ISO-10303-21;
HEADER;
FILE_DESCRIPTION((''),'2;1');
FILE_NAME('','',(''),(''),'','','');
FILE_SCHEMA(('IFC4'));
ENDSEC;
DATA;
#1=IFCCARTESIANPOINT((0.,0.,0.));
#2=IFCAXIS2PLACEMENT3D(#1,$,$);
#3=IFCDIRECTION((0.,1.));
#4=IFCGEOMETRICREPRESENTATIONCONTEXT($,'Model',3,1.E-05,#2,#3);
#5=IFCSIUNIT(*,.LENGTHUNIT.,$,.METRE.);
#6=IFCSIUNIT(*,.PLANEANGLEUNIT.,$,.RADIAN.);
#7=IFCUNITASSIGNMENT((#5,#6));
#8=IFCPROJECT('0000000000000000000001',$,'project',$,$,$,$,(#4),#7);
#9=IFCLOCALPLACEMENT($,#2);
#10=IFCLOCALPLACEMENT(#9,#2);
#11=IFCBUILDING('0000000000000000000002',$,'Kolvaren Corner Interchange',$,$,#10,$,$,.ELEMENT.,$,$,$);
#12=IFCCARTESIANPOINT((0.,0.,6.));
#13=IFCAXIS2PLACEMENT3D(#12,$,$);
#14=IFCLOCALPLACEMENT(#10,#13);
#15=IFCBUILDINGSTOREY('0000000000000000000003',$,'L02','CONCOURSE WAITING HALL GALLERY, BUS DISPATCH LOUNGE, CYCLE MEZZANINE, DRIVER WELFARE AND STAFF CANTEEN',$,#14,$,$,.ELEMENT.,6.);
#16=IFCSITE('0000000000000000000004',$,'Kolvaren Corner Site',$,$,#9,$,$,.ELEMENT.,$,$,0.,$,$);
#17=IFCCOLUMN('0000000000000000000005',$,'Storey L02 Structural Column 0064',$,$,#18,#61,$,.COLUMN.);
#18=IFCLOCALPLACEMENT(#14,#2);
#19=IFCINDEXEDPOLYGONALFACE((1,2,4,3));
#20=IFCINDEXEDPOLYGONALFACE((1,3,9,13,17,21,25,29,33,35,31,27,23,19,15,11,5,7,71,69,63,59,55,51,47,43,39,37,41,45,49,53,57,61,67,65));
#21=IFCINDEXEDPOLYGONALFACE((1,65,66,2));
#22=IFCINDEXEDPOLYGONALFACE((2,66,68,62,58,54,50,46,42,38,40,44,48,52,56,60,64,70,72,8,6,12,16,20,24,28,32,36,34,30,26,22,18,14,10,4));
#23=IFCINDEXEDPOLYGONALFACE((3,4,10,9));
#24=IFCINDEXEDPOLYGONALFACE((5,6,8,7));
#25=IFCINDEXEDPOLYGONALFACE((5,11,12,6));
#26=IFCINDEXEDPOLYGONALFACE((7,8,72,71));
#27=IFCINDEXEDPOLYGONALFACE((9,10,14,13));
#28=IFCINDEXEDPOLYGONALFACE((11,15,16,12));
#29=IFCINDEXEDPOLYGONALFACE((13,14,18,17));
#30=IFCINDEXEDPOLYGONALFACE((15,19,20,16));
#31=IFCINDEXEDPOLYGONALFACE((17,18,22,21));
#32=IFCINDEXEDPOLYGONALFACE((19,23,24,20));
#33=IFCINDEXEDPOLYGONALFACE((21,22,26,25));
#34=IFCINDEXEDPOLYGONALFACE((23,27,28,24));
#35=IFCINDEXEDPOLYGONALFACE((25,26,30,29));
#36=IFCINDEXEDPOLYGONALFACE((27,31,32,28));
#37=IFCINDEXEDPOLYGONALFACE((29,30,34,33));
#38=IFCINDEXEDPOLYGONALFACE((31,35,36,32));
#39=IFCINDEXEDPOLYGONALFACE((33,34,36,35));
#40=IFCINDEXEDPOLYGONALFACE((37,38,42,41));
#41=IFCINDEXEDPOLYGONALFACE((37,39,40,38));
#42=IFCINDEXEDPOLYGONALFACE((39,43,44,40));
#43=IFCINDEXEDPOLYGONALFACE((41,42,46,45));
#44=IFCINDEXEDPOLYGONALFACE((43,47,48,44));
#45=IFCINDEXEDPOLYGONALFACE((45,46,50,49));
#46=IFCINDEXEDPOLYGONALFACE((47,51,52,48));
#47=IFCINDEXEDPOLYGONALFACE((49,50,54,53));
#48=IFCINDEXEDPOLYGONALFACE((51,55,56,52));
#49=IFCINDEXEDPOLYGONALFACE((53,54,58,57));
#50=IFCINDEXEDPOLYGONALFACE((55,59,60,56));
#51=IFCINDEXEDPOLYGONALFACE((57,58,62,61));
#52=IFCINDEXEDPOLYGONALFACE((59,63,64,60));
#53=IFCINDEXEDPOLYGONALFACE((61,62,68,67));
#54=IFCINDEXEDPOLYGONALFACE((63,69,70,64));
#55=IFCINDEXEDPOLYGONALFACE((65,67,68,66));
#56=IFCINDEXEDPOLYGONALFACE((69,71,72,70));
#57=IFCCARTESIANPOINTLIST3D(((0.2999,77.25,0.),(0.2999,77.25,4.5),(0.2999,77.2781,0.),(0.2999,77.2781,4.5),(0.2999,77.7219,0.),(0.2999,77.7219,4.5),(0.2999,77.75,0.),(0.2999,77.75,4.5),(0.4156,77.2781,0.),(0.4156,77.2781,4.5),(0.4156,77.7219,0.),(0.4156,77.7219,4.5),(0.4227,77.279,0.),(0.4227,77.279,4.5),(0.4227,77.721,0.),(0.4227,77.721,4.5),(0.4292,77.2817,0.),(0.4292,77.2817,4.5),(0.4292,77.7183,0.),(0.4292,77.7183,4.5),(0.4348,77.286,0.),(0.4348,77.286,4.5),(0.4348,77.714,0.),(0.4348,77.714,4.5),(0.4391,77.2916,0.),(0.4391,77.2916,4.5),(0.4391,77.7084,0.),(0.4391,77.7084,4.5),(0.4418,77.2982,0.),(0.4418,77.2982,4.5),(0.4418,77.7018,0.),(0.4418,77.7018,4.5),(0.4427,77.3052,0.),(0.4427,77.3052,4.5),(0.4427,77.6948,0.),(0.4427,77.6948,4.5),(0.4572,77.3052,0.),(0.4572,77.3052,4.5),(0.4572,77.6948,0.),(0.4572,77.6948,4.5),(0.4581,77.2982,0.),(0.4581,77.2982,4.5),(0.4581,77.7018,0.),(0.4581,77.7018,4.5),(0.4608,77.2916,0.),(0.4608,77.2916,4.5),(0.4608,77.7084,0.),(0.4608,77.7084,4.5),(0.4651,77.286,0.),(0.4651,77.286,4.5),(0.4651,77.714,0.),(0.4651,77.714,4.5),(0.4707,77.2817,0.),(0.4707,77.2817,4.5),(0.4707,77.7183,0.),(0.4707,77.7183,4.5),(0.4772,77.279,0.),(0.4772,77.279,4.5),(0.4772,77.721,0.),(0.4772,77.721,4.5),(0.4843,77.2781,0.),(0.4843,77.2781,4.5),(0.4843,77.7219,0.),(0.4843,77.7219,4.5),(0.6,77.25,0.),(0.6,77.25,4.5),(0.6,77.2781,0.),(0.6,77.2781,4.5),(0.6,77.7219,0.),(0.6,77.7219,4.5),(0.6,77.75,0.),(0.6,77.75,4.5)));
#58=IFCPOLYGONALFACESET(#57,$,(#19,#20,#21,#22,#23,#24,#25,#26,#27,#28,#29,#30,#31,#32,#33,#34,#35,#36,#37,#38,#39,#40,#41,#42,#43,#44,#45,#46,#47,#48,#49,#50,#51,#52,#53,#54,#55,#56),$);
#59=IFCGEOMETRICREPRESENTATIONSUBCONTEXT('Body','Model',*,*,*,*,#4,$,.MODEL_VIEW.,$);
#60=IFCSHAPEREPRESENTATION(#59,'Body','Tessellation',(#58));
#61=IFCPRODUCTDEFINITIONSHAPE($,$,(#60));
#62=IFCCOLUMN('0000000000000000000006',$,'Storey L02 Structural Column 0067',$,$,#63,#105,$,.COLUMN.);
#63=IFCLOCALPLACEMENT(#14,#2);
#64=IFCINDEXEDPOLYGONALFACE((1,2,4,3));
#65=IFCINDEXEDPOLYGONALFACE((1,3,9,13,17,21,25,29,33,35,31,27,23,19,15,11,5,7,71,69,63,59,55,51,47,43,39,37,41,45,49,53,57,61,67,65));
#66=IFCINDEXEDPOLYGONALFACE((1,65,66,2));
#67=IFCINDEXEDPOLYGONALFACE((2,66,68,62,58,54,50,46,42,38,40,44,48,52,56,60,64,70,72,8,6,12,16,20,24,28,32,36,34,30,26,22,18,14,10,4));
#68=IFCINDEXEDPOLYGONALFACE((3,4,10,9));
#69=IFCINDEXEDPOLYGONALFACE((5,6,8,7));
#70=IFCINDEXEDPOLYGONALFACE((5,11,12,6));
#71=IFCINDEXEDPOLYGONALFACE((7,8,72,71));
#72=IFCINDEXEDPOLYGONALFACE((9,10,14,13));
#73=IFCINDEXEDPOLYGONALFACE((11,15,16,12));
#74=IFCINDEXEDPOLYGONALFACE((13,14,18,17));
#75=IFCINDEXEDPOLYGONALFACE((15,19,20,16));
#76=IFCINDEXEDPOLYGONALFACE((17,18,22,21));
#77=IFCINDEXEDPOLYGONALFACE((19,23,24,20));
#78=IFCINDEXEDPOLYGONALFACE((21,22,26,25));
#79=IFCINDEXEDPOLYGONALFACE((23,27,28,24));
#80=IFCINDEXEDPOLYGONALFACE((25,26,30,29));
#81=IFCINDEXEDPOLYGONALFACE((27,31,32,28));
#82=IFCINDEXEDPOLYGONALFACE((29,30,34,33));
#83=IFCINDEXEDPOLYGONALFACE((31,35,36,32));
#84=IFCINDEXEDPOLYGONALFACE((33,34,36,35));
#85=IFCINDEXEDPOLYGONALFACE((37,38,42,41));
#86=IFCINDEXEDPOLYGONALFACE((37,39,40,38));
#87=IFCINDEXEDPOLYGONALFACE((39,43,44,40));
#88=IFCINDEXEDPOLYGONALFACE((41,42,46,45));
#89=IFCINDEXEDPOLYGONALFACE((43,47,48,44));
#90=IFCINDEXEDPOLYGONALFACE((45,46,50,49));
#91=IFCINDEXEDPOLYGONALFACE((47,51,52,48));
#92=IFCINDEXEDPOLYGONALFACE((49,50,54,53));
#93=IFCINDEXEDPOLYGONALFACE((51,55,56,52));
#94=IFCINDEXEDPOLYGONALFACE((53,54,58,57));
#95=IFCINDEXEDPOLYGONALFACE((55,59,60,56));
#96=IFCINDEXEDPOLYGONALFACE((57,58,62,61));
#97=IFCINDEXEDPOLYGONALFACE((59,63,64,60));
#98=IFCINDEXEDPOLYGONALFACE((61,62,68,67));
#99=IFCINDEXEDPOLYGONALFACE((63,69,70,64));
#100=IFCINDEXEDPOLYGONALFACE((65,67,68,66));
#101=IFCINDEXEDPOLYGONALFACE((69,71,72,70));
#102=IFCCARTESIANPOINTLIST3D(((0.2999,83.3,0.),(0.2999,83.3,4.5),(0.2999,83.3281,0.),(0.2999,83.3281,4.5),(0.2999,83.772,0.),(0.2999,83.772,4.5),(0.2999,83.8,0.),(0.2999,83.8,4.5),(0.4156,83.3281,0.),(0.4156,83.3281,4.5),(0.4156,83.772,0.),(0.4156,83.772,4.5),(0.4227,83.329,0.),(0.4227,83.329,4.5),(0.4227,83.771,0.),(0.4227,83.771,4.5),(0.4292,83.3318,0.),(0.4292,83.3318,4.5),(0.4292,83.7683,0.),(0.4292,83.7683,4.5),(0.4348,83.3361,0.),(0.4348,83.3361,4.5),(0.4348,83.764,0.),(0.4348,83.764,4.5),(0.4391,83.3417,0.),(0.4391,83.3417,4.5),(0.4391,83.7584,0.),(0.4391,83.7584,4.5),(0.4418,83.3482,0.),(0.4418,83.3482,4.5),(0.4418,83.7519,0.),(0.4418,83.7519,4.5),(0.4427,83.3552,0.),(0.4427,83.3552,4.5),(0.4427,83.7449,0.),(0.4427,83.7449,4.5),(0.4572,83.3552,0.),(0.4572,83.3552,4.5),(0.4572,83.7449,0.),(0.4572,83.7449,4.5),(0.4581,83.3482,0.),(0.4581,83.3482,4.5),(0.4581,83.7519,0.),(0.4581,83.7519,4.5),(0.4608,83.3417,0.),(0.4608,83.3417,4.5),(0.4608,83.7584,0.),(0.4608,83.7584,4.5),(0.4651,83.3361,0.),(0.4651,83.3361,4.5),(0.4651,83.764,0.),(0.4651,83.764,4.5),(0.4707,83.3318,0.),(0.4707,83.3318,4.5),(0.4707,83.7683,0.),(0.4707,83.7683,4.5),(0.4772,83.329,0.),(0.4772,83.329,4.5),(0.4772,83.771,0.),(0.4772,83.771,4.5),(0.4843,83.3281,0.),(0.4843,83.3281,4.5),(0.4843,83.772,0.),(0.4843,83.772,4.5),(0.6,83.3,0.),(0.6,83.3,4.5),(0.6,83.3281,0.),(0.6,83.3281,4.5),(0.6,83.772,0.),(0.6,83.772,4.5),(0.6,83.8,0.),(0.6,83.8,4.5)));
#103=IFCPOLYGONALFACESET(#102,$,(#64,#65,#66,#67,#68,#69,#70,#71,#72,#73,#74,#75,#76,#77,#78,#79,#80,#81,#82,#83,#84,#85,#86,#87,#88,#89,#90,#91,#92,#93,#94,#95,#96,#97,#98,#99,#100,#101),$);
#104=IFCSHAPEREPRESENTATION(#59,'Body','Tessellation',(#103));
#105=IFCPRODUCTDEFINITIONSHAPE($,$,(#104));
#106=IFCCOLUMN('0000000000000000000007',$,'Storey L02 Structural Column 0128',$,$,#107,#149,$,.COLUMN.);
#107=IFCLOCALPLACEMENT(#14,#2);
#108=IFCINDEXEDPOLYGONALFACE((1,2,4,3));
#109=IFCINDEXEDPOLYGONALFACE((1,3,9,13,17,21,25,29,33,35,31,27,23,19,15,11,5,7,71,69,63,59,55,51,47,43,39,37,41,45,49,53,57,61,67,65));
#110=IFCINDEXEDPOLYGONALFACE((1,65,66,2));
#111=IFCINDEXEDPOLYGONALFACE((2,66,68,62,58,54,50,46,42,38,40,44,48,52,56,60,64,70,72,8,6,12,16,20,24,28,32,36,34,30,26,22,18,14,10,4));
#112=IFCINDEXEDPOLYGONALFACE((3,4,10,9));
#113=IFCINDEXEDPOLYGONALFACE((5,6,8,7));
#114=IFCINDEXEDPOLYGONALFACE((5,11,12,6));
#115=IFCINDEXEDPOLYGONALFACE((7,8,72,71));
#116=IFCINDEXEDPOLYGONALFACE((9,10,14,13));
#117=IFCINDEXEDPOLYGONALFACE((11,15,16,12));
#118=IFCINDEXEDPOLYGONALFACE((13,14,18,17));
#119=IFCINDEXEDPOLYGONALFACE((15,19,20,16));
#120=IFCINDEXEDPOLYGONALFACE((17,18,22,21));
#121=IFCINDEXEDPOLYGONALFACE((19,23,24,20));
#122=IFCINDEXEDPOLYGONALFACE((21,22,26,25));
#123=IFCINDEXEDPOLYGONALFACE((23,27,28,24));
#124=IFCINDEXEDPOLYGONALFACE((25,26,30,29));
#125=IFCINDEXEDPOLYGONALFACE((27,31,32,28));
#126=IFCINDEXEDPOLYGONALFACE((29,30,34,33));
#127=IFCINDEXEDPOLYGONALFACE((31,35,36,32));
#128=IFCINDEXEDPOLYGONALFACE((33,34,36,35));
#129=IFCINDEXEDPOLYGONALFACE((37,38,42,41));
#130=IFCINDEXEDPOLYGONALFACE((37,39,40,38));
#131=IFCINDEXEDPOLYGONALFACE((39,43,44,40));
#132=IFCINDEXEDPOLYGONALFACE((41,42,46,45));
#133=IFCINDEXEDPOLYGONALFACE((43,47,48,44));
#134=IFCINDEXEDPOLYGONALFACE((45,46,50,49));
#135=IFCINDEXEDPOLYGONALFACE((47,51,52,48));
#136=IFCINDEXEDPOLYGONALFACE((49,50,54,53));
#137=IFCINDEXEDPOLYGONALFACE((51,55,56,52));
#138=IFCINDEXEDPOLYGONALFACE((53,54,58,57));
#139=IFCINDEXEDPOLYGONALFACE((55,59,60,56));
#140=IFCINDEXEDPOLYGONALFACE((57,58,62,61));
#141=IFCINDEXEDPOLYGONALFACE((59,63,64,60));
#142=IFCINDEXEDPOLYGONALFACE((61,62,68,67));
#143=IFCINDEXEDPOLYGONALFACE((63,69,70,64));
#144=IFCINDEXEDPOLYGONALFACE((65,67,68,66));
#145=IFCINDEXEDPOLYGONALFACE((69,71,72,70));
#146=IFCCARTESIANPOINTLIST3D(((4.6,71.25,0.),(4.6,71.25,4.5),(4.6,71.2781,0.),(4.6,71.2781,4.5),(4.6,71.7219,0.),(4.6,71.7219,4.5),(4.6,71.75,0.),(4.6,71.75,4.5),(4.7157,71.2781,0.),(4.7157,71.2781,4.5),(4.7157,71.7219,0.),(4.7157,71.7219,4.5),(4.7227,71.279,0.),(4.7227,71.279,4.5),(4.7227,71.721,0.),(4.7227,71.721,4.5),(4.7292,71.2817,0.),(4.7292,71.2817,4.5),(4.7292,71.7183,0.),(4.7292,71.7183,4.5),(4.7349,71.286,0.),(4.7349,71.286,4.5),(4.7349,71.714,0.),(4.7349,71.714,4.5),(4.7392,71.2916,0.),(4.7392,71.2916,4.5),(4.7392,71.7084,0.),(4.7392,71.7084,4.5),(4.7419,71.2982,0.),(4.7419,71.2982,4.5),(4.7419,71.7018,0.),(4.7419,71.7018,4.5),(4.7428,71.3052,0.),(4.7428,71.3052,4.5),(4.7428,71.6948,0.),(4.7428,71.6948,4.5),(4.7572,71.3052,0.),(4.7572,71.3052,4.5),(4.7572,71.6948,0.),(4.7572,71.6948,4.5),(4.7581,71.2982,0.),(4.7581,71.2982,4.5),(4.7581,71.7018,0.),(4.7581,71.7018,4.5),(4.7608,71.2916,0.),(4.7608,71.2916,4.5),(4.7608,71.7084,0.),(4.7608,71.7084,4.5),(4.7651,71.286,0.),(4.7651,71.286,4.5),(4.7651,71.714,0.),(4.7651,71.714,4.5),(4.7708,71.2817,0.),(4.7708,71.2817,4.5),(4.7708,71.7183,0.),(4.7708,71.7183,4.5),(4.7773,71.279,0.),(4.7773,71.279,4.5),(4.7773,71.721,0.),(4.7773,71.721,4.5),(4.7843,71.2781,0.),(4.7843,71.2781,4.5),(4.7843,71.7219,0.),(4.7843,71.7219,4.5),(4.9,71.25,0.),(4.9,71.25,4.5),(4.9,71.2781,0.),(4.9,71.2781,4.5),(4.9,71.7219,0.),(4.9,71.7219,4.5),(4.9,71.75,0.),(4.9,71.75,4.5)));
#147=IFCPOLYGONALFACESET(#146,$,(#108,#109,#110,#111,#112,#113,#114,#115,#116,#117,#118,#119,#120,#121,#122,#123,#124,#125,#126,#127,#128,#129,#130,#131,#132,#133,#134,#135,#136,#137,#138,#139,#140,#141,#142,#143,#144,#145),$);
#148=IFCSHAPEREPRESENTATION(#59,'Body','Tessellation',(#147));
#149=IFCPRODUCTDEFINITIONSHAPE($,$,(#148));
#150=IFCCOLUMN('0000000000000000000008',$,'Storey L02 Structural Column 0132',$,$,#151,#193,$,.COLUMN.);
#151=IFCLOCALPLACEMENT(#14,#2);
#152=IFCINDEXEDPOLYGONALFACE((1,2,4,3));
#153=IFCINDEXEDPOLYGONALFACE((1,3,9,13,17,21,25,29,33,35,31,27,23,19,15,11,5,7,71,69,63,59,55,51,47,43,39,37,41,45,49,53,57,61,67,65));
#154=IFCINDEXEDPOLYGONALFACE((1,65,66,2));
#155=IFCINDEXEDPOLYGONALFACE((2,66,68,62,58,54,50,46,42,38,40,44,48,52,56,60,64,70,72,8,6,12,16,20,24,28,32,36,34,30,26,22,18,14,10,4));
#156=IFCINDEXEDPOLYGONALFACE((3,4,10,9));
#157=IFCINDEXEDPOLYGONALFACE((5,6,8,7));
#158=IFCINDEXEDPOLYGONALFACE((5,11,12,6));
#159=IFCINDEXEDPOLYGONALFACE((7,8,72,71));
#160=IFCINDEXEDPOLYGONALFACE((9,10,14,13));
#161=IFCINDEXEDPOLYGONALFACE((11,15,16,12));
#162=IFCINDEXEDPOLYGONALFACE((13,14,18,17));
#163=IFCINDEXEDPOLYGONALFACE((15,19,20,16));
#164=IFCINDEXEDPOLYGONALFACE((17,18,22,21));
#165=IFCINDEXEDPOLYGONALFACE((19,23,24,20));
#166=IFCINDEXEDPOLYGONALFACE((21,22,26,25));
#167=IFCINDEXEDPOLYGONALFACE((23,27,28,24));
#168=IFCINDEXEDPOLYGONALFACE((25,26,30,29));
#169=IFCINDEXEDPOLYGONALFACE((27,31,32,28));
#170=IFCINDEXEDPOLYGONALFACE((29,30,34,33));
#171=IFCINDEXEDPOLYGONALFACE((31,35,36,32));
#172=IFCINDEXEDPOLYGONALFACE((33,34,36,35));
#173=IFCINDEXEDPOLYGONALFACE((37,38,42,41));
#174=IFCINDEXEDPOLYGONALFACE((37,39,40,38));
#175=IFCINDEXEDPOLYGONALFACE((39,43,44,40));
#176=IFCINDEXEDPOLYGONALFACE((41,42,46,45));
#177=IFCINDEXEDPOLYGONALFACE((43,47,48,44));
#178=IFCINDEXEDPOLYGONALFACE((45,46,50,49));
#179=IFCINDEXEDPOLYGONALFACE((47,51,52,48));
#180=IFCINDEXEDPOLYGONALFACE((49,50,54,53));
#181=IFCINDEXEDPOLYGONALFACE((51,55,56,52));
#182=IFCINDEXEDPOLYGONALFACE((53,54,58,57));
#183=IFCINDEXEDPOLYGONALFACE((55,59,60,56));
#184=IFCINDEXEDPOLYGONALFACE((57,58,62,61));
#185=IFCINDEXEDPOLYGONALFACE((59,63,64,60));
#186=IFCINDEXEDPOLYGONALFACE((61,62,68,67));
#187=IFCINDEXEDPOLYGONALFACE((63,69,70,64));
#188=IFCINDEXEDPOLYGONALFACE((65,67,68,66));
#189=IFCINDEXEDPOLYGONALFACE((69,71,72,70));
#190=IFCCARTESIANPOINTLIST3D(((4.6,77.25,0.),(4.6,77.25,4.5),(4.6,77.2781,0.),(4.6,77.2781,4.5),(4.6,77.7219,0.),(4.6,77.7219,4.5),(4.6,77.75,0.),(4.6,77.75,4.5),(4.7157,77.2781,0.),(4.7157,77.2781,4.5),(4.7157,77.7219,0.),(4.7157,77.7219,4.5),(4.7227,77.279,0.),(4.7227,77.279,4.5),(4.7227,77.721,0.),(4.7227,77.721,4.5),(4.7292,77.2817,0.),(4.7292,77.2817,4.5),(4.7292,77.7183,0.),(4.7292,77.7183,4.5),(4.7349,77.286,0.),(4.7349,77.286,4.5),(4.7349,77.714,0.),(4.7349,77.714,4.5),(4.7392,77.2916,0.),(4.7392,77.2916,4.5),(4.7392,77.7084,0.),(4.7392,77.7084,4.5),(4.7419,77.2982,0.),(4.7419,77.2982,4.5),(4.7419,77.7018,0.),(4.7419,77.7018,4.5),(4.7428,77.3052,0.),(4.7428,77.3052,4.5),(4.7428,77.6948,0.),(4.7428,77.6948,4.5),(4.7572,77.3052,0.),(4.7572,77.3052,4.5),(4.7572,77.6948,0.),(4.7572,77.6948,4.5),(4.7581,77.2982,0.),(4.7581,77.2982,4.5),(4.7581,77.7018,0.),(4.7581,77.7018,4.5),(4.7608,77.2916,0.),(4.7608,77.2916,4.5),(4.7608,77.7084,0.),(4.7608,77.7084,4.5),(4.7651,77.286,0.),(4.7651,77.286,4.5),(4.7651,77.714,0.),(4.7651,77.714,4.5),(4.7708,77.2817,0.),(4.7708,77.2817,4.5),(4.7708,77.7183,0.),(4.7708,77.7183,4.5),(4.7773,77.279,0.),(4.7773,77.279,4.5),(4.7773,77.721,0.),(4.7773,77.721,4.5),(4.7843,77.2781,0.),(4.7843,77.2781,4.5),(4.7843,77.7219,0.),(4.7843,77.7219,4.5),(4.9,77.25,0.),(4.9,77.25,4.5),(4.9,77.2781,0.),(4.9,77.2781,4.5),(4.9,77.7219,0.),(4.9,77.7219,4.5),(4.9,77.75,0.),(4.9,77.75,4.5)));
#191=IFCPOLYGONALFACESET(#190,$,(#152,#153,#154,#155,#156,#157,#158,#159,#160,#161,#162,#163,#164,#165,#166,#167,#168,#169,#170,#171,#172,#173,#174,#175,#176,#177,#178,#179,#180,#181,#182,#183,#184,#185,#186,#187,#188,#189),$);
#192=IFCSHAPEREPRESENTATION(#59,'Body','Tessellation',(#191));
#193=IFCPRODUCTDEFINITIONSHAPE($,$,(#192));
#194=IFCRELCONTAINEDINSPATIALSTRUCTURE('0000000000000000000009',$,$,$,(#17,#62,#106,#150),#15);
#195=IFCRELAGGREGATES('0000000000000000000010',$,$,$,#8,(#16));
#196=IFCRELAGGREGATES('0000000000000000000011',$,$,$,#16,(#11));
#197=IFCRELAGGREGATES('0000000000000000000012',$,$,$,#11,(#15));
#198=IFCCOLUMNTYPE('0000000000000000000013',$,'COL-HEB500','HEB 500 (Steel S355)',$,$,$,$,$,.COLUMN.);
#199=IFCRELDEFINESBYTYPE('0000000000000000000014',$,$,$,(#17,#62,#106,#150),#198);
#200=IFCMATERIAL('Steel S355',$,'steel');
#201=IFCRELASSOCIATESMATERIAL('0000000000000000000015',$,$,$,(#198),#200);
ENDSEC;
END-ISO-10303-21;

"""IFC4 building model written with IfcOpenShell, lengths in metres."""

from ifc_helpers import new_model, si_unit, direction, frame, origin, origin_2d, place, context, subcontext, project, spatial, i_section, extrude, material, material_profile, profile_set, type_object, element, save


model = new_model("IFC4")

# Units and contexts
model_context = context("Model", 3, precision=1e-05, world=origin(), true_north=direction((0.0, 1.0)))
body_context = subcontext(model_context, "Body", "Model", "MODEL_VIEW")
ifc_project = project(units=[si_unit("LENGTHUNIT", "METRE"), si_unit("PLANEANGLEUNIT", "RADIAN")], contexts=[model_context])

# Site, building, storey
site_placement = place(None, origin())
site = spatial("IfcSite", under=ifc_project, at=site_placement, Name="Kolvaren Corner Site", CompositionType="ELEMENT", RefElevation=0.0)
building_placement = place(site_placement, origin())
building = spatial("IfcBuilding", under=site, at=building_placement, Name="Kolvaren Corner Interchange", CompositionType="ELEMENT")
storey_placement = place(building_placement, frame((0.0, 0.0, 6.0)))
storey = spatial("IfcBuildingStorey", under=building, at=storey_placement, Name="L02", Description="CONCOURSE WAITING HALL GALLERY, BUS DISPATCH LOUNGE, CYCLE MEZZANINE, DRIVER WELFARE AND STAFF CANTEEN", CompositionType="ELEMENT", Elevation=6.0)

# Columns
ifc_material_1 = material(Name="Steel S355", Category="steel")
ifc_material_profile_1 = material_profile(ifc_material_1, i_section(OverallWidth=0.3, OverallDepth=0.5, WebThickness=0.0144, FlangeThickness=0.0281, FilletRadius=0.0271, at=origin_2d()), Name="HEB 500")
ifc_profile_set_1 = profile_set([ifc_material_profile_1], Name="Steel S355")
column_type = type_object("IfcColumnType", Name="COL-HEB500", Description="HEB 500 (Steel S355)", PredefinedType="COLUMN", material=ifc_profile_set_1)
for number, where, z_axis, x_axis, name in (
    (1, (0.45, 77.5, 0.0), (0.0, 0.0, 1.0), (1.0, 0.0, 0.0), "Storey L02 Structural Column 0064"),
    (2, (0.45, 83.55, 0.0), (0.0, 0.0, 1.0), (1.0, 0.0, 0.0), "Storey L02 Structural Column 0067"),
    (3, (4.75, 71.5, 0.0), (0.0, 0.0, 1.0), (1.0, 0.0, 0.0), "Storey L02 Structural Column 0128"),
    (4, (4.75, 77.5, 0.0), (0.0, 0.0, 1.0), (1.0, 0.0, 0.0), "Storey L02 Structural Column 0132"),
):
    element("IfcColumn", number, at=place(storey_placement, frame(where, z_axis=z_axis, x_axis=x_axis)), inside=storey, type_object=column_type, Name=name, PredefinedType="COLUMN", context=body_context, shape_type="SweptSolid", body=[
        extrude(i_section(OverallWidth=0.3, OverallDepth=0.5, WebThickness=0.0144, FlangeThickness=0.0281, FilletRadius=0.0271, at=origin_2d()), origin(), (0.0, 0.0, 1.0), 4.5),
    ])

save(model, "model.ifc")
